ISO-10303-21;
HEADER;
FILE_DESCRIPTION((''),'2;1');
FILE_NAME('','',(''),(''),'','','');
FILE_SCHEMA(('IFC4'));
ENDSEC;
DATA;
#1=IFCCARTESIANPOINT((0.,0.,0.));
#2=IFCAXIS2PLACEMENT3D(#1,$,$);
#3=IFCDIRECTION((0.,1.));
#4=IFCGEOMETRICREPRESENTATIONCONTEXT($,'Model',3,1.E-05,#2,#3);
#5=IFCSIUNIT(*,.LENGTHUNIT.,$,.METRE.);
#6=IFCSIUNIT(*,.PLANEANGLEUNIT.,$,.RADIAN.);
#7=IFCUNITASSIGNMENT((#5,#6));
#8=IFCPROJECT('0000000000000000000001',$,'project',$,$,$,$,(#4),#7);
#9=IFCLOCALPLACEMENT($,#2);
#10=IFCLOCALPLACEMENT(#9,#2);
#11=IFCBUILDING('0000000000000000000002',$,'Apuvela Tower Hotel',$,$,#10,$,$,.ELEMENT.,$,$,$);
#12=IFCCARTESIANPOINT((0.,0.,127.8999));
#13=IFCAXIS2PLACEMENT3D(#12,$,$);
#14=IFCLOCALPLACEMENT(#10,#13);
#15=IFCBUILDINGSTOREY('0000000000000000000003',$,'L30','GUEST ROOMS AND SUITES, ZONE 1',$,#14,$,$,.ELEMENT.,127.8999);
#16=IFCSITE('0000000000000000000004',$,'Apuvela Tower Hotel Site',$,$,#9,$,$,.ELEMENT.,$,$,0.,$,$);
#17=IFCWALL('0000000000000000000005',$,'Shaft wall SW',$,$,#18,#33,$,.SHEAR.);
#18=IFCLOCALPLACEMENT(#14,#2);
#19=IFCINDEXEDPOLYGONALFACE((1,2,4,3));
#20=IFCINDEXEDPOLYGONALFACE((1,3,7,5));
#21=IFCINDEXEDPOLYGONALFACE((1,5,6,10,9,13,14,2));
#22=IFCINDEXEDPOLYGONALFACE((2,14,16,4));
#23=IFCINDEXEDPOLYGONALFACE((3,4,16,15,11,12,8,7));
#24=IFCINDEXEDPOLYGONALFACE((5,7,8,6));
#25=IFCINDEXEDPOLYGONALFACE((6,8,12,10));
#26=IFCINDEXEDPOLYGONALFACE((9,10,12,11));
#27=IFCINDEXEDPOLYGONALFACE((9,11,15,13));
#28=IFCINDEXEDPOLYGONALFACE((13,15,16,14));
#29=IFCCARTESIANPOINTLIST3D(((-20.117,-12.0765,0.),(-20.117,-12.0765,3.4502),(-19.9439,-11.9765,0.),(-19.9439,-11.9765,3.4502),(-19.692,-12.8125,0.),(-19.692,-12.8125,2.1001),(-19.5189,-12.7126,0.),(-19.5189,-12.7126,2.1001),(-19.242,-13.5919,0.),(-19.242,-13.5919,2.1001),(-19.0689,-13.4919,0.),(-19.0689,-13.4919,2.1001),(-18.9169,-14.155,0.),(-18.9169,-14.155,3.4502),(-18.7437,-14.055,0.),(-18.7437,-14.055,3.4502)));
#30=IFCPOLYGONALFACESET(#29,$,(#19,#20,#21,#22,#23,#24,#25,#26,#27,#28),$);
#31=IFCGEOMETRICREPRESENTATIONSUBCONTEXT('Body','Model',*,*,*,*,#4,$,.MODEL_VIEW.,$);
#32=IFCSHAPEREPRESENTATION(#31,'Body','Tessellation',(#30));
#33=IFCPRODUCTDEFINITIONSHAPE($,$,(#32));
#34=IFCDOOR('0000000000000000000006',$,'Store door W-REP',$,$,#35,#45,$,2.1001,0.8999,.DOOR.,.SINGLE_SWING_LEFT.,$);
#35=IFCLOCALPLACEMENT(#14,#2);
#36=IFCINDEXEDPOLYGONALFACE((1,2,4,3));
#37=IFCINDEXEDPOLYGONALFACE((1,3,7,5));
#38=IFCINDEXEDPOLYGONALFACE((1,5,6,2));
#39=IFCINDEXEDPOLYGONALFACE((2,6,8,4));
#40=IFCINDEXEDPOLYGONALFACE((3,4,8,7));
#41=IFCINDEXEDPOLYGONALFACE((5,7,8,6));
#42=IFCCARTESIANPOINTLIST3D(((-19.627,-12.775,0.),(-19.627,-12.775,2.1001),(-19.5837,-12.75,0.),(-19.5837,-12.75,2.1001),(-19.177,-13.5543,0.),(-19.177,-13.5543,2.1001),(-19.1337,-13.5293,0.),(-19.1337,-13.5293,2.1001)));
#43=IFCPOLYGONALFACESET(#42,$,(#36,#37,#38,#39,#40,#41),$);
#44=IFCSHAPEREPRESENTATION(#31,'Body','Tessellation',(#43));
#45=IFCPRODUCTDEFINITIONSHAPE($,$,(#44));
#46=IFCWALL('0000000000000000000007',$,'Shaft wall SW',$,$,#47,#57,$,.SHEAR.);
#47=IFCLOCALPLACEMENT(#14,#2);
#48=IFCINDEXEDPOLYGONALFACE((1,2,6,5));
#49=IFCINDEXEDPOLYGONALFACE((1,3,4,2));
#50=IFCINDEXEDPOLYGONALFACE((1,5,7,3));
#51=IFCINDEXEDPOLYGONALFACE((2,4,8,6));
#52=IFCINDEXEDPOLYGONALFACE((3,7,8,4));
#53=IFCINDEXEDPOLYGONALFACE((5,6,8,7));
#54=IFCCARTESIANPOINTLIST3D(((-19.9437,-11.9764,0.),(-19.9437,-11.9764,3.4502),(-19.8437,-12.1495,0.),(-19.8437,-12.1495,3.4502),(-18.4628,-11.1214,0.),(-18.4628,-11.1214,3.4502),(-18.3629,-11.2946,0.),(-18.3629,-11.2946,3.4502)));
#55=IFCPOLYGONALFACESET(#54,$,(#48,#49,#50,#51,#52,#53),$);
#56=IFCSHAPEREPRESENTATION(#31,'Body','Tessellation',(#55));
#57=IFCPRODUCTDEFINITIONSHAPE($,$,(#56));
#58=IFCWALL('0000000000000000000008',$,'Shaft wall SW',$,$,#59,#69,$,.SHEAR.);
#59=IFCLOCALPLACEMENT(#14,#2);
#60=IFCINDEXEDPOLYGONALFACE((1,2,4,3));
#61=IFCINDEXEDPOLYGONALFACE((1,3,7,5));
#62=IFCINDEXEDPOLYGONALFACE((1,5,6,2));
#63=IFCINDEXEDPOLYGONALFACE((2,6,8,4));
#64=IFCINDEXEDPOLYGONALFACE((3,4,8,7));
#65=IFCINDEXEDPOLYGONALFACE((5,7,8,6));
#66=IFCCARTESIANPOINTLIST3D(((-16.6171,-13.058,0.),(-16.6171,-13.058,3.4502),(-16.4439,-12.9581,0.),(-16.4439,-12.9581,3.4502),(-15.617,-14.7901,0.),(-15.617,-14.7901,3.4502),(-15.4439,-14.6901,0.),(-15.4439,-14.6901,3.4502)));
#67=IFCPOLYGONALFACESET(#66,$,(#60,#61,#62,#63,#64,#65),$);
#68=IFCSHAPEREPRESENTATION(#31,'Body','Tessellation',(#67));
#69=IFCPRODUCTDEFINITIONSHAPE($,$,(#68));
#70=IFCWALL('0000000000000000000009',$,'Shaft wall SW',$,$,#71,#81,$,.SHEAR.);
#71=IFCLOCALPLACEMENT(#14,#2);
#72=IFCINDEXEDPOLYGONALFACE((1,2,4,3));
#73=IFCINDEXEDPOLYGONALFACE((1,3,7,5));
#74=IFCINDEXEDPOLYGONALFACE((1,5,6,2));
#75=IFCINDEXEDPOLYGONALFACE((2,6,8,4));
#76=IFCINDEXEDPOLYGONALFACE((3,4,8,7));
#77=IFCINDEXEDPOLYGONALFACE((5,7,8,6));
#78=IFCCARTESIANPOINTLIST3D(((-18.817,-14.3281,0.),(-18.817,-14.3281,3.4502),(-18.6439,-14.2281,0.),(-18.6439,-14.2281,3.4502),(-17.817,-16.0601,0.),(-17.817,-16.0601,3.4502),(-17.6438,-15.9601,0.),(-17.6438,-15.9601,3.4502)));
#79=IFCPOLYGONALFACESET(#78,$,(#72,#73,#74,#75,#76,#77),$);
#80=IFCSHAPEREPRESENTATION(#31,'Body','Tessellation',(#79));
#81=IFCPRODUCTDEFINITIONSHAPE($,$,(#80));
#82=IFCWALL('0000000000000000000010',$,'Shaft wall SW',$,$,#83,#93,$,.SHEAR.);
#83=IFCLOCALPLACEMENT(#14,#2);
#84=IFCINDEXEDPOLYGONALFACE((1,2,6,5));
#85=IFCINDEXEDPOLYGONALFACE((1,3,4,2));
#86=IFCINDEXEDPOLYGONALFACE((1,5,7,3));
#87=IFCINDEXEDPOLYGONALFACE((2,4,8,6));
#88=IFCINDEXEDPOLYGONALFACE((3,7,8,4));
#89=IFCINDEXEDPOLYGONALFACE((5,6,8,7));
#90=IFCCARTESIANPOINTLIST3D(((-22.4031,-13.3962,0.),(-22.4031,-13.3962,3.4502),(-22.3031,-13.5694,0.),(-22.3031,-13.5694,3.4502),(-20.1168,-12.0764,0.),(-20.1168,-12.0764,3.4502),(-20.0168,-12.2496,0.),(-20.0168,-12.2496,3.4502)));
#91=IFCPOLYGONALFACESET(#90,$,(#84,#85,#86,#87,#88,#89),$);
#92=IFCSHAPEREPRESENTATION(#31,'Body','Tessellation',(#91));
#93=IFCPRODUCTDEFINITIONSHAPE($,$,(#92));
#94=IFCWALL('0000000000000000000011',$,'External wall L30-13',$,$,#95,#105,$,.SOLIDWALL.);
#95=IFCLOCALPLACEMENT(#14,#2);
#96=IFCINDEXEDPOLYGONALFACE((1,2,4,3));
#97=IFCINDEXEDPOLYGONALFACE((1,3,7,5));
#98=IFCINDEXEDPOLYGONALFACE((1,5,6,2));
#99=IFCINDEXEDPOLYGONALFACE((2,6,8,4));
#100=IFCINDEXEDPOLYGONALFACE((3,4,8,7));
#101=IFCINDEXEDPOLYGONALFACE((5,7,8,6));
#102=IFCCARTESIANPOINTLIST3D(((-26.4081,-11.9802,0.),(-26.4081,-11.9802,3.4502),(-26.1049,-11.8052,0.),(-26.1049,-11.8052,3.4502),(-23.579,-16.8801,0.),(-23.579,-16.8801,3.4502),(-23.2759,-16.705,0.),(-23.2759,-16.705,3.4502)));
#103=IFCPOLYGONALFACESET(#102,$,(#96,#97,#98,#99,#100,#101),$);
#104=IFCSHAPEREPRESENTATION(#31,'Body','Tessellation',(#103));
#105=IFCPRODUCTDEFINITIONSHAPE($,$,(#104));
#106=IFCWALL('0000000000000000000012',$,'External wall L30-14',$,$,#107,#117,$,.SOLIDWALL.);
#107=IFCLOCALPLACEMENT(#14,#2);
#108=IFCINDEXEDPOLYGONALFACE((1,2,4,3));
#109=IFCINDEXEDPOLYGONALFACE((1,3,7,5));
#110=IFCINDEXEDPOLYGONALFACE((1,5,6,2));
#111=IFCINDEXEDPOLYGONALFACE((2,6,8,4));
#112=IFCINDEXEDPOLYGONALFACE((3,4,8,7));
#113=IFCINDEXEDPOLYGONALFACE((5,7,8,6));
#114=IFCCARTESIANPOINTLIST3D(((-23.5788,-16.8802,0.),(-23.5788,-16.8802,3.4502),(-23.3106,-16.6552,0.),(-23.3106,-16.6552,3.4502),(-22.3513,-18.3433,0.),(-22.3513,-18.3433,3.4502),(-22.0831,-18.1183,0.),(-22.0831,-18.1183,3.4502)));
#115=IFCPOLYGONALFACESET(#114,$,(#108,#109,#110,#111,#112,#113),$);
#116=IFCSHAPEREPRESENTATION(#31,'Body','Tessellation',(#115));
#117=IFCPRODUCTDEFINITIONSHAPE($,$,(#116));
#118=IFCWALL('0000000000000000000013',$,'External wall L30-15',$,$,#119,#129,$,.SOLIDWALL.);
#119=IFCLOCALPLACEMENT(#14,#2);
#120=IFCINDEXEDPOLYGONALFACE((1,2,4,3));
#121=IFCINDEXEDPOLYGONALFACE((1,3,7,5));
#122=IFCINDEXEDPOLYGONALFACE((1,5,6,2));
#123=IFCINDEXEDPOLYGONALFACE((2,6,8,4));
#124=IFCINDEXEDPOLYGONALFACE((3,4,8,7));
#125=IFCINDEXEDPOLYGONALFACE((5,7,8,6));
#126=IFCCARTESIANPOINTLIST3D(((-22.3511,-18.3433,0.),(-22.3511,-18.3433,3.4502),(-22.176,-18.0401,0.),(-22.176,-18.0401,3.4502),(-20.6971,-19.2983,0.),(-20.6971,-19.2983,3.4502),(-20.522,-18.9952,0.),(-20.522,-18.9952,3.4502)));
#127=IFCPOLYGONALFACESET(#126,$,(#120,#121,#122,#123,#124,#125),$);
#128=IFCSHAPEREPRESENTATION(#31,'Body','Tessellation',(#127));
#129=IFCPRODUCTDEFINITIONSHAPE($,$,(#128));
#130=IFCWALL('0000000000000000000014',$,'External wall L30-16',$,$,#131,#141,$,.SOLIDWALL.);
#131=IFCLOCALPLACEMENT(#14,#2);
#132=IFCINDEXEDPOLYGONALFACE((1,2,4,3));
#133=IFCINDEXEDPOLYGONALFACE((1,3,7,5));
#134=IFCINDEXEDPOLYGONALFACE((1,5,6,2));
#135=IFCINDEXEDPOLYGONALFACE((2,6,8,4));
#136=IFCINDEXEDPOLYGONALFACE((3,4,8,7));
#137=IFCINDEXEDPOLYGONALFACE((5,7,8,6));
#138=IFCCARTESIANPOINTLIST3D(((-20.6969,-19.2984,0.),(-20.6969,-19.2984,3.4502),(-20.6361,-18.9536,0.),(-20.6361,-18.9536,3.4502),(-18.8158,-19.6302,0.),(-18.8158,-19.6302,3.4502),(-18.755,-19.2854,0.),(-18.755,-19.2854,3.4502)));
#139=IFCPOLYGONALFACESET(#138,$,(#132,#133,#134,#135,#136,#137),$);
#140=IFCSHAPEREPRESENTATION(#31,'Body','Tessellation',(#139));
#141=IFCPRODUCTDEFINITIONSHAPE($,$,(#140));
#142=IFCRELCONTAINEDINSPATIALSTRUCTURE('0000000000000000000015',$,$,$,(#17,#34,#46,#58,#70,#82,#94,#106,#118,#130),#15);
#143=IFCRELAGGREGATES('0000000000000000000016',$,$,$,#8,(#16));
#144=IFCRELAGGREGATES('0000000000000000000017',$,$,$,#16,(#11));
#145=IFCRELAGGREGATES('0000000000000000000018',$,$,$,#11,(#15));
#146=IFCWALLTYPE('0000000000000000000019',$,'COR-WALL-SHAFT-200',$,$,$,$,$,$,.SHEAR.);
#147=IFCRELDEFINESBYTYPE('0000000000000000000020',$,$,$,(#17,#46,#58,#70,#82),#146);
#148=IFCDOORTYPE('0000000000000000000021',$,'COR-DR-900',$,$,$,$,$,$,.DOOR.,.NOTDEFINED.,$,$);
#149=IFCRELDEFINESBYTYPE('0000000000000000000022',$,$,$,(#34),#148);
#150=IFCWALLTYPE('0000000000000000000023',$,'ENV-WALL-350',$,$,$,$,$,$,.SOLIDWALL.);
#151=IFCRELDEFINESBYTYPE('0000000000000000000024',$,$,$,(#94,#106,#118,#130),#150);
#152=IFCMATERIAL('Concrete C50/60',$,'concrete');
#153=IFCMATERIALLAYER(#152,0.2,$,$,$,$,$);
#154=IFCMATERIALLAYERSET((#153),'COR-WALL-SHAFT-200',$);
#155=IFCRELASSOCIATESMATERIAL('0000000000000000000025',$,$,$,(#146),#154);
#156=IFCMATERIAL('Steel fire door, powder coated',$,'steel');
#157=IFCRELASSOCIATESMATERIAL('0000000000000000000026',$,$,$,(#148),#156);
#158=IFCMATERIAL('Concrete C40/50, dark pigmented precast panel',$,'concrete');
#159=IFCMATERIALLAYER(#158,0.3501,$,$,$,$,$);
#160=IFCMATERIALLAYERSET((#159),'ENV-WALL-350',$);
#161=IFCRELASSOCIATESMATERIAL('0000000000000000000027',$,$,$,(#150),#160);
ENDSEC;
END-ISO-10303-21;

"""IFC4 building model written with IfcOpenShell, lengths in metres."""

from ifc_helpers import new_model, si_unit, direction, frame, frame_2d, origin, place, context, subcontext, project, spatial, rectangle, extrude, material, layer, layer_set, type_object, element, fill, save


model = new_model("IFC4")

# Units and contexts
model_context = context("Model", 3, precision=1e-05, world=origin(), true_north=direction((0.0, 1.0)))
body_context = subcontext(model_context, "Body", "Model", "MODEL_VIEW")
ifc_project = project(units=[si_unit("LENGTHUNIT", "METRE"), si_unit("PLANEANGLEUNIT", "RADIAN")], contexts=[model_context])

# Site, building, storey
site_placement = place(None, origin())
site = spatial("IfcSite", under=ifc_project, at=site_placement, Name="Apuvela Tower Hotel Site", CompositionType="ELEMENT", RefElevation=0.0)
building_placement = place(site_placement, origin())
building = spatial("IfcBuilding", under=site, at=building_placement, Name="Apuvela Tower Hotel", CompositionType="ELEMENT")
storey_placement = place(building_placement, frame((0.0, 0.0, 127.8999)))
storey = spatial("IfcBuildingStorey", under=building, at=storey_placement, Name="L30", Description="GUEST ROOMS AND SUITES, ZONE 1", CompositionType="ELEMENT", Elevation=127.8999)

# Wall, opening, door
ifc_material_1 = material(Name="Concrete C50/60", Category="concrete")
ifc_layer_1 = layer(ifc_material_1, 0.2)
ifc_layer_set_1 = layer_set([ifc_layer_1], Name="COR-WALL-SHAFT-200")
wall_type_1 = type_object("IfcWallType", Name="COR-WALL-SHAFT-200", PredefinedType="SHEAR", material=ifc_layer_set_1)
wall_1_placement = place(storey_placement, frame((-20.0305, -12.0264, 0.0), z_axis=(0.0, 0.0, 1.0), x_axis=(0.500034, -0.866006, 0.0)))
wall_1 = element("IfcWall", 1, at=wall_1_placement, inside=storey, type_object=wall_type_1, Name="Shaft wall SW", PredefinedType="SHEAR", context=body_context, shape_type="SweptSolid", body=[
    extrude(rectangle(XDim=2.4001, YDim=0.2, at=frame_2d((1.2002, 0.0))), origin(), (0.0, 0.0, 1.0), 3.4502),
])
opening_1_placement = place(wall_1_placement, frame((0.8501, 0.0, 0.0)))
opening_1 = element("IfcOpeningElement", 2, at=opening_1_placement, cuts=wall_1, PredefinedType="OPENING", context=body_context, shape_type="SweptSolid", body=[
    extrude(rectangle(XDim=0.8999, YDim=2.1001, at=frame_2d((0.45, 1.05))), frame((0.0, 0.1099, 0.0), z_axis=(0.0, -1.0, 0.0), x_axis=(1.0, 0.0, 0.0)), (0.0, 0.0, 1.0), 0.22),
])
ifc_material_2 = material(Name="Steel fire door, powder coated", Category="steel")
door_type_1 = type_object("IfcDoorType", Name="COR-DR-900", OperationType="NOTDEFINED", PredefinedType="DOOR", material=ifc_material_2)
door_1_placement = place(opening_1_placement, frame((0.8999, 0.0, 0.0), z_axis=(0.0, 0.0, 1.0), x_axis=(-1.0, 0.0, 0.0)))
door_1 = element("IfcDoor", 3, at=door_1_placement, inside=storey, type_object=door_type_1, Name="Store door W-REP", OperationType="SINGLE_SWING_LEFT", OverallHeight=2.1001, OverallWidth=0.8999, PredefinedType="DOOR", context=body_context, shape_type="SweptSolid", body=[
    extrude(rectangle(XDim=0.8999, YDim=2.1001, at=frame_2d((0.45, 1.05))), frame((0.0, 0.0249, 0.0), z_axis=(0.0, -1.0, 0.0), x_axis=(1.0, 0.0, 0.0)), (0.0, 0.0, 1.0), 0.05),
])
fill(opening_1, door_1)

# Walls
wall_2_placement = place(storey_placement, frame((-18.4128, -11.208, 0.0), z_axis=(0.0, 0.0, 1.0), x_axis=(-0.866038, -0.499978, 0.0)))
element("IfcWall", 4, at=wall_2_placement, inside=storey, type_object=wall_type_1, Name="Shaft wall SW", PredefinedType="SHEAR", context=body_context, shape_type="SweptSolid", body=[
    extrude(rectangle(XDim=1.71, YDim=0.2, at=frame_2d((0.855, 0.0))), origin(), (0.0, 0.0, 1.0), 3.4502),
])
for number, where, z_axis, x_axis, name in (
    (5, (-16.5305, -13.0081, 0.0), (0.0, 0.0, 1.0), (0.500025, -0.866011, 0.0), "Shaft wall SW"),
    (6, (-18.7305, -14.2781, 0.0), (0.0, 0.0, 1.0), (0.500025, -0.866011, 0.0), "Shaft wall SW"),
):
    element("IfcWall", number, at=place(storey_placement, frame(where, z_axis=z_axis, x_axis=x_axis)), inside=storey, type_object=wall_type_1, Name=name, PredefinedType="SHEAR", context=body_context, shape_type="SweptSolid", body=[
        extrude(rectangle(XDim=2.0, YDim=0.2, at=frame_2d((1.0, 0.0))), origin(), (0.0, 0.0, 1.0), 3.4502),
    ])
wall_3_placement = place(storey_placement, frame((-20.0669, -12.1631, 0.0), z_axis=(0.0, 0.0, 1.0), x_axis=(-0.866061, -0.499939, 0.0)))
element("IfcWall", 7, at=wall_3_placement, inside=storey, type_object=wall_type_1, Name="Shaft wall SW", PredefinedType="SHEAR", context=body_context, shape_type="SweptSolid", body=[
    extrude(rectangle(XDim=2.6399, YDim=0.2, at=frame_2d((1.3198, 0.0))), origin(), (0.0, 0.0, 1.0), 3.4502),
])
ifc_material_3 = material(Name="Concrete C40/50, dark pigmented precast panel", Category="concrete")
ifc_layer_2 = layer(ifc_material_3, 0.3501)
ifc_layer_set_2 = layer_set([ifc_layer_2], Name="ENV-WALL-350")
wall_type_2 = type_object("IfcWallType", Name="ENV-WALL-350", PredefinedType="SOLIDWALL", material=ifc_layer_set_2)
wall_4_placement = place(storey_placement, frame((-26.2566, -11.8926, 0.0), z_axis=(0.0, 0.0, 1.0), x_axis=(0.500019, -0.866015, 0.0)))
element("IfcWall", 8, at=wall_4_placement, inside=storey, type_object=wall_type_2, Name="External wall L30-13", PredefinedType="SOLIDWALL", context=body_context, shape_type="SweptSolid", body=[
    extrude(rectangle(XDim=5.658, YDim=0.3501, at=frame_2d((2.8291, 0.0))), origin(), (0.0, 0.0, 1.0), 3.4502),
])
for number, where, z_axis, x_axis, name in (
    (9, (-23.4448, -16.7676, 0.0), (0.0, 0.0, 1.0), (0.642733, -0.76609, 0.0), "External wall L30-14"),
    (10, (-22.2637, -18.1917, 0.0), (0.0, 0.0, 1.0), (0.866, -0.500043, 0.0), "External wall L30-15"),
):
    element("IfcWall", number, at=place(storey_placement, frame(where, z_axis=z_axis, x_axis=x_axis)), inside=storey, type_object=wall_type_2, Name=name, PredefinedType="SOLIDWALL", context=body_context, shape_type="SweptSolid", body=[
        extrude(rectangle(XDim=1.9099, YDim=0.3501, at=frame_2d((0.9551, 0.0))), origin(), (0.0, 0.0, 1.0), 3.4502),
    ])
wall_5_placement = place(storey_placement, frame((-20.6665, -19.126, 0.0), z_axis=(0.0, 0.0, 1.0), x_axis=(0.984799, -0.173698, 0.0)))
element("IfcWall", 11, at=wall_5_placement, inside=storey, type_object=wall_type_2, Name="External wall L30-16", PredefinedType="SOLIDWALL", context=body_context, shape_type="SweptSolid", body=[
    extrude(rectangle(XDim=1.9102, YDim=0.3501, at=frame_2d((0.9551, 0.0))), origin(), (0.0, 0.0, 1.0), 3.4502),
])

save(model, "model.ifc")
